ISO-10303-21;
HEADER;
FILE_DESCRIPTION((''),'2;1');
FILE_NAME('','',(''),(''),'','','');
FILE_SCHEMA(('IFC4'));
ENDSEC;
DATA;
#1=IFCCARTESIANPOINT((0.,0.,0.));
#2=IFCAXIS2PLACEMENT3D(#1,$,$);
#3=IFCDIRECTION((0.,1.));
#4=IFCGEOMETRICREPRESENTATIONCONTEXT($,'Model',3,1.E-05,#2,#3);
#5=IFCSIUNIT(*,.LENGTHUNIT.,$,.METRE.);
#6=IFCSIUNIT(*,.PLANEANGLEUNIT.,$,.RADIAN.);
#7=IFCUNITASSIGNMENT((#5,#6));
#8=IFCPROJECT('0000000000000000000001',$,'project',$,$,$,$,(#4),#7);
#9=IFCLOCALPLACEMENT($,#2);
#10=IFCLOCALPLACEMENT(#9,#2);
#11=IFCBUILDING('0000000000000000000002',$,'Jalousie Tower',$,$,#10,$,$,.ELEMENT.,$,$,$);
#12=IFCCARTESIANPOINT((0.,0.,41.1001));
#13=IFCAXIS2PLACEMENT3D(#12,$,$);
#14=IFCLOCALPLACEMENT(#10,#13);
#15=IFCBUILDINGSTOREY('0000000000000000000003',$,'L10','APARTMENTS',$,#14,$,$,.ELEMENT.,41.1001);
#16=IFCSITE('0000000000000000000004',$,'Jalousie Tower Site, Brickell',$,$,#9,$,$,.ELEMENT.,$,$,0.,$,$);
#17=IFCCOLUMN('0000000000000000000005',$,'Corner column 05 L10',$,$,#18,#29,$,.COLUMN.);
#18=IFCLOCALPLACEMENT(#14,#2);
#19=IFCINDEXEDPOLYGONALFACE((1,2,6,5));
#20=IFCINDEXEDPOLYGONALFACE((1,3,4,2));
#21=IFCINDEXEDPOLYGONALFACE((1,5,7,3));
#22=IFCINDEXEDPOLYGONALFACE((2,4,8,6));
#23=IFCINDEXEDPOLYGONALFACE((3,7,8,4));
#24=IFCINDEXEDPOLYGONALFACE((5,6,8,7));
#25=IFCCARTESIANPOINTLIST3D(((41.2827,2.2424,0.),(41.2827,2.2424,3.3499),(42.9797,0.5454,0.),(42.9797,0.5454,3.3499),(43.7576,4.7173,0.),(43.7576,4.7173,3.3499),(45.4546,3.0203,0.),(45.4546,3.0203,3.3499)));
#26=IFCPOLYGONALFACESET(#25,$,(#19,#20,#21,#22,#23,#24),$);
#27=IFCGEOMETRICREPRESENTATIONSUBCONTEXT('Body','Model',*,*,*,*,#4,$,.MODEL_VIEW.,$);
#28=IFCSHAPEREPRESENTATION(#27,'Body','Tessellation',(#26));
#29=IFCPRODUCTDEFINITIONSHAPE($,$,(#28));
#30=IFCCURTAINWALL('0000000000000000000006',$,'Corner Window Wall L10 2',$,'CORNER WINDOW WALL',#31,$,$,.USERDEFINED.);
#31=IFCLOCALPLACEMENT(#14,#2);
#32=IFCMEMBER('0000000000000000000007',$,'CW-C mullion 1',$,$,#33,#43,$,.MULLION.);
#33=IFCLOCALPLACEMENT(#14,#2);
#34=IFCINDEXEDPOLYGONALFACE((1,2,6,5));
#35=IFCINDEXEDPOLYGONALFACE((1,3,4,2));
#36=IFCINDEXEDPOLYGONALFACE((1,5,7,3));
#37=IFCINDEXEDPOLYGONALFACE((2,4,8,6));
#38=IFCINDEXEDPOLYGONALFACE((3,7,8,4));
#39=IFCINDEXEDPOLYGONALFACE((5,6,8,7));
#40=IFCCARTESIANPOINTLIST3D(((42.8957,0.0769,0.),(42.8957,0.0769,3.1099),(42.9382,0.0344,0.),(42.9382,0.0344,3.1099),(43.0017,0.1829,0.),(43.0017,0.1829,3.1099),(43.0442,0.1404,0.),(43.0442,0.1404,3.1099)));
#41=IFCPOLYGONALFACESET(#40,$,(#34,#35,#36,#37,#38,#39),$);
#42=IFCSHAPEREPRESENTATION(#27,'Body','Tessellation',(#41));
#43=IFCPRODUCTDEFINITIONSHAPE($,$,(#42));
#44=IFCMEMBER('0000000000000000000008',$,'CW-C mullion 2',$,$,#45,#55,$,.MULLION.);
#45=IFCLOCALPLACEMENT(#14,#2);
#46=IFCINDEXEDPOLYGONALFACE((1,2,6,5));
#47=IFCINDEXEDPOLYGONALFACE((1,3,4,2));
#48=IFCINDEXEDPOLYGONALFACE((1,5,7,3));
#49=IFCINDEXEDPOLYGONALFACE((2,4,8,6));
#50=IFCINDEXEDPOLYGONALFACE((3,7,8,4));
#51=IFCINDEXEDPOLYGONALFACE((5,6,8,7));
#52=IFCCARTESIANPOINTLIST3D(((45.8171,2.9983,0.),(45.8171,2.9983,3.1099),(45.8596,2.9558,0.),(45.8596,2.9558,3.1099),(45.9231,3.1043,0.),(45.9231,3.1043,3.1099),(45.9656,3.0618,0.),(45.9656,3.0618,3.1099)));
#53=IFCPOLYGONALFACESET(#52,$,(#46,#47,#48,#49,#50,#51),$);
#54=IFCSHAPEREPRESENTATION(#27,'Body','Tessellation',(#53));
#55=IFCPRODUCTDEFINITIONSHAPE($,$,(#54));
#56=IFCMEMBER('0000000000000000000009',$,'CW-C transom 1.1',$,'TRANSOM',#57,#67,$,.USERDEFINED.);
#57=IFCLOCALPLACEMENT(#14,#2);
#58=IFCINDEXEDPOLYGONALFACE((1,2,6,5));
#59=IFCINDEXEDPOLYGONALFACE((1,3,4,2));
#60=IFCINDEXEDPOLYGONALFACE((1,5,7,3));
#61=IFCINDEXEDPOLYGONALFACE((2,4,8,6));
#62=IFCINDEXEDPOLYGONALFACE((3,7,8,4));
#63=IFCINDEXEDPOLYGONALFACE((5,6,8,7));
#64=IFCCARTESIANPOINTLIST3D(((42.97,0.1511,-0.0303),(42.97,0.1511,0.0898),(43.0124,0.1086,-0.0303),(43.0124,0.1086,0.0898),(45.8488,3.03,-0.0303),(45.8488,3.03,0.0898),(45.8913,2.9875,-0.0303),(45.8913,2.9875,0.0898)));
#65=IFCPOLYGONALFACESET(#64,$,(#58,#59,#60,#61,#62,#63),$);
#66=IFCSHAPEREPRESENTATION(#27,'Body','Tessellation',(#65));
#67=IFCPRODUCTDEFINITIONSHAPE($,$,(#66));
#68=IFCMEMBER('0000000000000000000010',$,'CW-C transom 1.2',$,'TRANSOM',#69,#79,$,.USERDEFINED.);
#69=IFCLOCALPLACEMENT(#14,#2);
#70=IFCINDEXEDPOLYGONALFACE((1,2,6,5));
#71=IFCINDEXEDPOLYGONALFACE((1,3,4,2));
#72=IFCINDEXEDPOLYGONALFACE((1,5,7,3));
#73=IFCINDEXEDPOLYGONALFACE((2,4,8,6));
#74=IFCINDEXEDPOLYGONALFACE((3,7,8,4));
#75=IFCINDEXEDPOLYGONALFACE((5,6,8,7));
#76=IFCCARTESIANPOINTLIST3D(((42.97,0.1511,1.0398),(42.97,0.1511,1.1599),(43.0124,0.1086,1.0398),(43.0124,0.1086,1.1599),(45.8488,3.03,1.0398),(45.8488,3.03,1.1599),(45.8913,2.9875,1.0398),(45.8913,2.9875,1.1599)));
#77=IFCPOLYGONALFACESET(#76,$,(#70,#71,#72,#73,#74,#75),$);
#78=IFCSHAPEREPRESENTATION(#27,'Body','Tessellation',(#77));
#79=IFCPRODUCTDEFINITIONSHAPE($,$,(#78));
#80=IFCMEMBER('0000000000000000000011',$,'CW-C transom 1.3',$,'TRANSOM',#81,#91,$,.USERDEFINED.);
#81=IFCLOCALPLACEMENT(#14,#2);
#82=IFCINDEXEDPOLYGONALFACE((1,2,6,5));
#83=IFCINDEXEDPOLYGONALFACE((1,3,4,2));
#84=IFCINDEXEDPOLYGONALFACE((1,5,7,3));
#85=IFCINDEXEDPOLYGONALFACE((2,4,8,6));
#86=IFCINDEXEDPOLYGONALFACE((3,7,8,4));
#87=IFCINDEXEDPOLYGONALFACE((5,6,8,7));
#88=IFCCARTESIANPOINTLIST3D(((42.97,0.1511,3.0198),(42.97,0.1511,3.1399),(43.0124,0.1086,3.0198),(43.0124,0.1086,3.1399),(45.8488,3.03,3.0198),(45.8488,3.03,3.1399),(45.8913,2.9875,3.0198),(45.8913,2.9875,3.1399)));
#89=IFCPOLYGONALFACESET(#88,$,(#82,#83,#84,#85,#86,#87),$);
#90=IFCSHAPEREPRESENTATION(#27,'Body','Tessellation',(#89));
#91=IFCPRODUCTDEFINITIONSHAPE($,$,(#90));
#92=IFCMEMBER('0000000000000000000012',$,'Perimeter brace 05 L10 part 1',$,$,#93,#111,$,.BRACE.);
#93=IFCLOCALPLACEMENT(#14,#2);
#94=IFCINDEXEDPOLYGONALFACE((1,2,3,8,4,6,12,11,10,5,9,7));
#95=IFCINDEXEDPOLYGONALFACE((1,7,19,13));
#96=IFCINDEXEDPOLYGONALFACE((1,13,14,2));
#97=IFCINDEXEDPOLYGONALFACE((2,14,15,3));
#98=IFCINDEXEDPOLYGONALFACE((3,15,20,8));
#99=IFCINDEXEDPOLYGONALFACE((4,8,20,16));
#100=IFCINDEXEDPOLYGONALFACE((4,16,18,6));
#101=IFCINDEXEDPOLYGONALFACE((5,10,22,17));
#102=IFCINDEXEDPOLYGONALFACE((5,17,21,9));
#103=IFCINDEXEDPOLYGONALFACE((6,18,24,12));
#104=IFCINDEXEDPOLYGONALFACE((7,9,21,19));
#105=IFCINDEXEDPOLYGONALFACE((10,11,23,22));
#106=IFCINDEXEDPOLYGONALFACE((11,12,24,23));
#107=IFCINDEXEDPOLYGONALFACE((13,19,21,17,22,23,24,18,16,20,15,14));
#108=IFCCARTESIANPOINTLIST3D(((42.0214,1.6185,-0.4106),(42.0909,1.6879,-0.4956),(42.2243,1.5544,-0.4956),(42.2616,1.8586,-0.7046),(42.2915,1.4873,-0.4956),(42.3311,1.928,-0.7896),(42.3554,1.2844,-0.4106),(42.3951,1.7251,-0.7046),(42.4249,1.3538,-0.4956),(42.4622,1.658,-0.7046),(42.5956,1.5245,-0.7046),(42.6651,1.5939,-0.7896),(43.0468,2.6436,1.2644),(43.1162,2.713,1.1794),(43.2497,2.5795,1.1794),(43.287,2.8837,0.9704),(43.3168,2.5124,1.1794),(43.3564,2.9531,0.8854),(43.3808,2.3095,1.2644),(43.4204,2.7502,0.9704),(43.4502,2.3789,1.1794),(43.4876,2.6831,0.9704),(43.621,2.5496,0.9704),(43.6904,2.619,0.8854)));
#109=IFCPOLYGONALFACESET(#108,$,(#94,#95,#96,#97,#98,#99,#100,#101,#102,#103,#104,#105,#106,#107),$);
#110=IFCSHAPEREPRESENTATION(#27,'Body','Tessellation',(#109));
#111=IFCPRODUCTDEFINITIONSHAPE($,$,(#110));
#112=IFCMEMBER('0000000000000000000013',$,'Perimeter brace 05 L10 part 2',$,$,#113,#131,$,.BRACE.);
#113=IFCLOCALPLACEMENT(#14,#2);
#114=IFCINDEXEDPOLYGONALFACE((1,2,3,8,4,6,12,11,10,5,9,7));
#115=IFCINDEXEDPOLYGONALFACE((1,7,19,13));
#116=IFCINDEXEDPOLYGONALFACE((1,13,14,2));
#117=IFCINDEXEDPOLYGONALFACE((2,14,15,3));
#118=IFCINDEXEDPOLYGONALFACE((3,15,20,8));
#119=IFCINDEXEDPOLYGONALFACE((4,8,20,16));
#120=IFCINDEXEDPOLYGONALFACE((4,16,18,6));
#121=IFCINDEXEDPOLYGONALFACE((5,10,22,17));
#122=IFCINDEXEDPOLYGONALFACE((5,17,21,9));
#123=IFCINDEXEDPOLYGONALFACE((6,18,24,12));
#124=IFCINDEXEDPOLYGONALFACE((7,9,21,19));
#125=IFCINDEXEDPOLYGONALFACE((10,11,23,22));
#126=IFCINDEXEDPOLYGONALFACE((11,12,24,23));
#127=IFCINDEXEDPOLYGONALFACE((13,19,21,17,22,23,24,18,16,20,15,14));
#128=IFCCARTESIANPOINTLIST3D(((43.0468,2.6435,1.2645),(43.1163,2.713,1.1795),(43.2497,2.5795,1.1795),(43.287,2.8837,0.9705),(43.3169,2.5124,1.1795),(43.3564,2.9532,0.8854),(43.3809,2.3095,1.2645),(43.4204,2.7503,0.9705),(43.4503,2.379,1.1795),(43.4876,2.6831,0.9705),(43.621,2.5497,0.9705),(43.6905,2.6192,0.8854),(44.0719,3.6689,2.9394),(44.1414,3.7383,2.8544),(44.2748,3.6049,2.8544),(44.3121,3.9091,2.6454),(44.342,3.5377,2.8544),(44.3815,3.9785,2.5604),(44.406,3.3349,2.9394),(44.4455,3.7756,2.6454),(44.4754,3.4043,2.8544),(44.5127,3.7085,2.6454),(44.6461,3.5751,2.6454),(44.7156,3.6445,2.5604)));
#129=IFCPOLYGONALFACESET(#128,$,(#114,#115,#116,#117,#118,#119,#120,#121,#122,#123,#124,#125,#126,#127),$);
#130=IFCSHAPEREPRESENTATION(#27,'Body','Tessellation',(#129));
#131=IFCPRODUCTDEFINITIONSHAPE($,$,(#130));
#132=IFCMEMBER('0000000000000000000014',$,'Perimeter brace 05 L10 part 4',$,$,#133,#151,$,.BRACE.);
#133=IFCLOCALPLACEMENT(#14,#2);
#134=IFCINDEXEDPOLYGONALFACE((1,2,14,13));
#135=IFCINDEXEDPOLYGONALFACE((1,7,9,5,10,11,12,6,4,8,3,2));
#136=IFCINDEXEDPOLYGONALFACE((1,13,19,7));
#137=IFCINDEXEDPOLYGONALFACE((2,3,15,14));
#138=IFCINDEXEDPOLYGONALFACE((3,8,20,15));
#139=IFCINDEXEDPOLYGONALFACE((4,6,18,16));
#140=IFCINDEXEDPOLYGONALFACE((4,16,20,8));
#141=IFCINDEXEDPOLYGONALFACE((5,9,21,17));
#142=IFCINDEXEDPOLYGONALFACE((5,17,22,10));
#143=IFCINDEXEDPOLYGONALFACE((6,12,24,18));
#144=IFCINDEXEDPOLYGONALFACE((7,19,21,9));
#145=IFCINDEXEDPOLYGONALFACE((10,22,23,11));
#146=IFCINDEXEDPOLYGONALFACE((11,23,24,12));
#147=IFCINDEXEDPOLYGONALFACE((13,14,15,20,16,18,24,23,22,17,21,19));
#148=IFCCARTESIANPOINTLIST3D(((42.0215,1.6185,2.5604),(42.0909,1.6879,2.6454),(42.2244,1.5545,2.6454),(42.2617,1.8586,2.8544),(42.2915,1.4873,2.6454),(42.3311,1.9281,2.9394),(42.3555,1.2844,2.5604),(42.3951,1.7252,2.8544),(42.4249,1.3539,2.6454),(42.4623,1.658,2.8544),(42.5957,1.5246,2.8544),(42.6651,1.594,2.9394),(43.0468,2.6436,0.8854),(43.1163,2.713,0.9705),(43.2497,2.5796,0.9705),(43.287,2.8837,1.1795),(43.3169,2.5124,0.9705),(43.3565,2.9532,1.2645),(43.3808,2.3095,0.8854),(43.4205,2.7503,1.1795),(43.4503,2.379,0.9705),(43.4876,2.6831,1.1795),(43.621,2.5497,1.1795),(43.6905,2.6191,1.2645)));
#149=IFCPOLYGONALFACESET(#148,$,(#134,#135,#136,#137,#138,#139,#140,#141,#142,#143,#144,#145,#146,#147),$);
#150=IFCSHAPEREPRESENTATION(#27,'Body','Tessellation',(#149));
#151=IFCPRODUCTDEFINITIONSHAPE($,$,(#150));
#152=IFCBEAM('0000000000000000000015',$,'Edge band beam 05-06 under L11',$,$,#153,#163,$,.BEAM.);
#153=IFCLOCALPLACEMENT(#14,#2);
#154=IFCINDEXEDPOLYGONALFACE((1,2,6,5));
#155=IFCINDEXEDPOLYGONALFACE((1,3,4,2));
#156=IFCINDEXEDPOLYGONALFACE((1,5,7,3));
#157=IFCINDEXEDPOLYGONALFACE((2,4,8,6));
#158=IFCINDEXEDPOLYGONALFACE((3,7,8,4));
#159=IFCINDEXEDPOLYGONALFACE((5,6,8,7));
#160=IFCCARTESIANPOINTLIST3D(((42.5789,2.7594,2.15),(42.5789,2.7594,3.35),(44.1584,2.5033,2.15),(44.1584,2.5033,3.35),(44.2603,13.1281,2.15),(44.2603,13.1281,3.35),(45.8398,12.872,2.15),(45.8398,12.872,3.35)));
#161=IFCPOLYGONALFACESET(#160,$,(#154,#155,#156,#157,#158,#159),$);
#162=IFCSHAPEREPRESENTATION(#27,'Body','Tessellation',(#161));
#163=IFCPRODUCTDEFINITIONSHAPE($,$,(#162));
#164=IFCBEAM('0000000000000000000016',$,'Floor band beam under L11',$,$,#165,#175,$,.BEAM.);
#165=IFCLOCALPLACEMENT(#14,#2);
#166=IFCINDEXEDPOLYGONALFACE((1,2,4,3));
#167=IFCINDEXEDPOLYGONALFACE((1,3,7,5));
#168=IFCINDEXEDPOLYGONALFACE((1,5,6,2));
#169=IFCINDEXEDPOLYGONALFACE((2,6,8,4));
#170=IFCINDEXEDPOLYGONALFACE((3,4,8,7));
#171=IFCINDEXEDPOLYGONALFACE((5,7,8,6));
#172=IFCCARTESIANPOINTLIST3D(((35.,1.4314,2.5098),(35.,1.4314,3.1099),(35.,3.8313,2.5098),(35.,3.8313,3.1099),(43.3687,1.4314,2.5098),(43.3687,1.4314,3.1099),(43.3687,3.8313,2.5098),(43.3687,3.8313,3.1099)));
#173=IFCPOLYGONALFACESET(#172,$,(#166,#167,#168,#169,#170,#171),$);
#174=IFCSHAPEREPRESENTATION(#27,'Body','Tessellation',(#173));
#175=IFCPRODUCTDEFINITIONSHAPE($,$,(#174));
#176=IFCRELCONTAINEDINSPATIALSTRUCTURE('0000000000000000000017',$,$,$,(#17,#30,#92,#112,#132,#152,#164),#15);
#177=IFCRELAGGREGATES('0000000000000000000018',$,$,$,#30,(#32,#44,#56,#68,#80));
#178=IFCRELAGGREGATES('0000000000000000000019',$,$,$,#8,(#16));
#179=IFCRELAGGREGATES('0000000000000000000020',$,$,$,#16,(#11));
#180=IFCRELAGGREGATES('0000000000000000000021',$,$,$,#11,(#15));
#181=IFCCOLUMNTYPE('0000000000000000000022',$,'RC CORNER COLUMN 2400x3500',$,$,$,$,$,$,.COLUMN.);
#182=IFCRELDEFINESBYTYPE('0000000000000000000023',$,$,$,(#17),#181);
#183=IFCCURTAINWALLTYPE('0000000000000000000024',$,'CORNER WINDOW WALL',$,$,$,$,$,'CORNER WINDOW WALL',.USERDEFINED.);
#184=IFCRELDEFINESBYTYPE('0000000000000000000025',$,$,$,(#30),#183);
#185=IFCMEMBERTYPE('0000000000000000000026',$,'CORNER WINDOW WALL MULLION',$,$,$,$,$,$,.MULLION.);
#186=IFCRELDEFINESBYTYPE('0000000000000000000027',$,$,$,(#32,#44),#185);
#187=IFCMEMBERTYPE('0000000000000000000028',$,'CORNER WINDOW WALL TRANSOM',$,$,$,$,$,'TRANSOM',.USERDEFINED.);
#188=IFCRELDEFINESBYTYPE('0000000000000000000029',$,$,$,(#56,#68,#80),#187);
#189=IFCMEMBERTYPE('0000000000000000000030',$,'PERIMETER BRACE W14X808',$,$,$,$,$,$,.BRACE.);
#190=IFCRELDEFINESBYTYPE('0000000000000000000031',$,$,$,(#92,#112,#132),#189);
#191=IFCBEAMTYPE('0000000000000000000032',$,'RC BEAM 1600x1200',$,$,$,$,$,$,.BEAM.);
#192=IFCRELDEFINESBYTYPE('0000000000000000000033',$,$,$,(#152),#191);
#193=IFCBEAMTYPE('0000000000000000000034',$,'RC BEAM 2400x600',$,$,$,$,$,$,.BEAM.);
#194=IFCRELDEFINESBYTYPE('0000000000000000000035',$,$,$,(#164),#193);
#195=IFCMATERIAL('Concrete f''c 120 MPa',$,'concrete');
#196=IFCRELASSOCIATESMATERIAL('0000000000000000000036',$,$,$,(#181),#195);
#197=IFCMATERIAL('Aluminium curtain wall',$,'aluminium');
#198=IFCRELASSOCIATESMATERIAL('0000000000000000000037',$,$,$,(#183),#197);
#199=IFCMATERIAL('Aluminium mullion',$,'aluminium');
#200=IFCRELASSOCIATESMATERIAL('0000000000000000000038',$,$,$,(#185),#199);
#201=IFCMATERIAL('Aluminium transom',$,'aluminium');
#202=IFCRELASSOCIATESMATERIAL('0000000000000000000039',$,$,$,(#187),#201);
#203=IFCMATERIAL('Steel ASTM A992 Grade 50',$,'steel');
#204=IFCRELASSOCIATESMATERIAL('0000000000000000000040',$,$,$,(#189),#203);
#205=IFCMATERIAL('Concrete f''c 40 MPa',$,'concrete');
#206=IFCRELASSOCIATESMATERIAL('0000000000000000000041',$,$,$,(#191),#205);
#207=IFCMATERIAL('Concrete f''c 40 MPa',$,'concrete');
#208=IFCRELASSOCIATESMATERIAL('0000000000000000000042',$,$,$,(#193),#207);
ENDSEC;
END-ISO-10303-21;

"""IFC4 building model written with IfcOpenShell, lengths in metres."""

from ifc_helpers import new_model, si_unit, direction, frame, origin, origin_2d, place, context, subcontext, project, spatial, rectangle, i_section, extrude, material, material_profile, profile_set, type_object, element, aggregate, save


model = new_model("IFC4")

# Units and contexts
model_context = context("Model", 3, precision=1e-05, world=origin(), true_north=direction((0.0, 1.0)))
body_context = subcontext(model_context, "Body", "Model", "MODEL_VIEW")
ifc_project = project(units=[si_unit("LENGTHUNIT", "METRE"), si_unit("PLANEANGLEUNIT", "RADIAN")], contexts=[model_context])

# Site, building, storey
site_placement = place(None, origin())
site = spatial("IfcSite", under=ifc_project, at=site_placement, Name="Jalousie Tower Site, Brickell", CompositionType="ELEMENT", RefElevation=0.0)
building_placement = place(site_placement, origin())
building = spatial("IfcBuilding", under=site, at=building_placement, Name="Jalousie Tower", CompositionType="ELEMENT")
storey_placement = place(building_placement, frame((0.0, 0.0, 41.1001)))
storey = spatial("IfcBuildingStorey", under=building, at=storey_placement, Name="L10", Description="APARTMENTS", CompositionType="ELEMENT", Elevation=41.1001)

# Column
ifc_material_1 = material(Name="Concrete f'c 120 MPa", Category="concrete")
ifc_material_profile_1 = material_profile(ifc_material_1, rectangle(XDim=2.3999, YDim=3.5, at=origin_2d()), Name="RC 2400x3500")
ifc_profile_set_1 = profile_set([ifc_material_profile_1], Name="Concrete f'c 120 MPa")
column_type = type_object("IfcColumnType", Name="RC CORNER COLUMN 2400x3500", PredefinedType="COLUMN", material=ifc_profile_set_1)
column_placement = place(storey_placement, frame((43.3687, 2.6313, 0.0), z_axis=(0.0, 0.0, 1.0), x_axis=(-0.707107, 0.707107, 0.0)))
element("IfcColumn", 1, at=column_placement, inside=storey, type_object=column_type, Name="Corner column 05 L10", PredefinedType="COLUMN", context=body_context, shape_type="SweptSolid", body=[
    extrude(rectangle(XDim=2.3999, YDim=3.5, at=origin_2d()), origin(), (0.0, 0.0, 1.0), 3.3499),
])

# Curtain wall, members
ifc_material_2 = material(Name="Aluminium curtain wall", Category="aluminium")
curtain_wall_type_1 = type_object("IfcCurtainWallType", Name="CORNER WINDOW WALL", ElementType="CORNER WINDOW WALL", PredefinedType="USERDEFINED", material=ifc_material_2)
curtain_wall_1_placement = place(storey_placement, origin())
curtain_wall_1 = element("IfcCurtainWall", 2, at=curtain_wall_1_placement, inside=storey, type_object=curtain_wall_type_1, Name="Corner Window Wall L10 2", ObjectType="CORNER WINDOW WALL", PredefinedType="USERDEFINED")
ifc_material_3 = material(Name="Aluminium mullion", Category="aluminium")
ifc_material_profile_2 = material_profile(ifc_material_3, rectangle(XDim=0.0601, YDim=0.1499, at=origin_2d()), Name="MULLION 60x150")
ifc_profile_set_2 = profile_set([ifc_material_profile_2], Name="Aluminium mullion")
member_type_1 = type_object("IfcMemberType", Name="CORNER WINDOW WALL MULLION", PredefinedType="MULLION", material=ifc_profile_set_2)
member_1_placement = place(storey_placement, frame((42.97, 0.1086, 0.0), z_axis=(0.0, 0.0, 1.0), x_axis=(-0.707107, 0.707107, 0.0)))
member_1 = element("IfcMember", 3, at=member_1_placement, type_object=member_type_1, Name="CW-C mullion 1", PredefinedType="MULLION", context=body_context, shape_type="SweptSolid", body=[
    extrude(rectangle(XDim=0.0601, YDim=0.1499, at=origin_2d()), origin(), (0.0, 0.0, 1.0), 3.1099),
])
member_2_placement = place(storey_placement, frame((45.8914, 3.03, 0.0), z_axis=(0.0, 0.0, 1.0), x_axis=(-0.707107, 0.707107, 0.0)))
member_2 = element("IfcMember", 4, at=member_2_placement, type_object=member_type_1, Name="CW-C mullion 2", PredefinedType="MULLION", context=body_context, shape_type="SweptSolid", body=[
    extrude(rectangle(XDim=0.0601, YDim=0.1499, at=origin_2d()), origin(), (0.0, 0.0, 1.0), 3.1099),
])
ifc_material_4 = material(Name="Aluminium transom", Category="aluminium")
ifc_material_profile_3 = material_profile(ifc_material_4, rectangle(XDim=0.0601, YDim=0.1201, at=origin_2d()), Name="TRANSOM 60x120")
ifc_profile_set_3 = profile_set([ifc_material_profile_3], Name="Aluminium transom")
member_type_2 = type_object("IfcMemberType", Name="CORNER WINDOW WALL TRANSOM", ElementType="TRANSOM", PredefinedType="USERDEFINED", material=ifc_profile_set_3)
member_3_placement = place(storey_placement, frame((42.9912, 0.1299, 0.0298), z_axis=(0.707107, 0.707107, 0.0), x_axis=(-0.707107, 0.707107, 0.0)))
member_3 = element("IfcMember", 5, at=member_3_placement, type_object=member_type_2, Name="CW-C transom 1.1", ObjectType="TRANSOM", PredefinedType="USERDEFINED", context=body_context, shape_type="SweptSolid", body=[
    extrude(rectangle(XDim=0.0601, YDim=0.1201, at=origin_2d()), origin(), (0.0, 0.0, 1.0), 4.0713),
])
member_4_placement = place(storey_placement, frame((42.9912, 0.1299, 1.0999), z_axis=(0.707107, 0.707107, 0.0), x_axis=(-0.707107, 0.707107, 0.0)))
member_4 = element("IfcMember", 6, at=member_4_placement, type_object=member_type_2, Name="CW-C transom 1.2", ObjectType="TRANSOM", PredefinedType="USERDEFINED", context=body_context, shape_type="SweptSolid", body=[
    extrude(rectangle(XDim=0.0601, YDim=0.1201, at=origin_2d()), origin(), (0.0, 0.0, 1.0), 4.0713),
])
member_5_placement = place(storey_placement, frame((42.9912, 0.1299, 3.0798), z_axis=(0.707107, 0.707107, 0.0), x_axis=(-0.707107, 0.707107, 0.0)))
member_5 = element("IfcMember", 7, at=member_5_placement, type_object=member_type_2, Name="CW-C transom 1.3", ObjectType="TRANSOM", PredefinedType="USERDEFINED", context=body_context, shape_type="SweptSolid", body=[
    extrude(rectangle(XDim=0.0601, YDim=0.1201, at=origin_2d()), origin(), (0.0, 0.0, 1.0), 4.0713),
])

# Members
ifc_material_5 = material(Name="Steel ASTM A992 Grade 50", Category="steel")
ifc_material_profile_4 = material_profile(ifc_material_5, i_section(OverallWidth=0.4724, OverallDepth=0.5791, WebThickness=0.095, FlangeThickness=0.1299, at=origin_2d()), Name="W14X808")
ifc_profile_set_4 = profile_set([ifc_material_profile_4], Name="Steel ASTM A992 Grade 50")
member_type_3 = type_object("IfcMemberType", Name="PERIMETER BRACE W14X808", PredefinedType="BRACE", material=ifc_profile_set_4)
for number, where, z_axis, x_axis, name in (
    (8, (42.3433, 1.6062, -0.6001), (0.46284, 0.46273, 0.756082), (-0.707023, 0.707191, 0.0), "Perimeter brace 05 L10 part 1"),
    (9, (43.3687, 2.6313, 1.075), (0.46273, 0.46284, 0.756082), (-0.707191, 0.707023, 0.0), "Perimeter brace 05 L10 part 2"),
    (10, (43.3687, 2.6313, 1.075), (-0.46284, -0.46273, 0.756082), (0.707023, -0.707191, 0.0), "Perimeter brace 05 L10 part 4"),
):
    element("IfcMember", number, at=place(storey_placement, frame(where, z_axis=z_axis, x_axis=x_axis)), inside=storey, type_object=member_type_3, Name=name, PredefinedType="BRACE", context=body_context, shape_type="SweptSolid", body=[
        extrude(i_section(OverallWidth=0.4724, OverallDepth=0.5791, WebThickness=0.095, FlangeThickness=0.1299, at=origin_2d()), origin(), (0.0, 0.0, 1.0), 2.2153),
    ])

# Beams
ifc_material_6 = material(Name="Concrete f'c 40 MPa", Category="concrete")
ifc_material_profile_5 = material_profile(ifc_material_6, rectangle(XDim=1.6001, YDim=1.2, at=origin_2d()), Name="RC 1600x1200")
ifc_profile_set_5 = profile_set([ifc_material_profile_5], Name="Concrete f'c 40 MPa")
beam_type_1 = type_object("IfcBeamType", Name="RC BEAM 1600x1200", PredefinedType="BEAM", material=ifc_profile_set_5)
beam_1_placement = place(storey_placement, frame((43.3687, 2.6313, 2.75), z_axis=(0.160071, 0.987106, 0.0), x_axis=(-0.987106, 0.160071, 0.0)))
element("IfcBeam", 11, at=beam_1_placement, inside=storey, type_object=beam_type_1, Name="Edge band beam 05-06 under L11", PredefinedType="BEAM", context=body_context, shape_type="SweptSolid", body=[
    extrude(rectangle(XDim=1.6001, YDim=1.2, at=origin_2d()), origin(), (0.0, 0.0, 1.0), 10.5042),
])
ifc_material_7 = material(Name="Concrete f'c 40 MPa", Category="concrete")
ifc_material_profile_6 = material_profile(ifc_material_7, rectangle(XDim=2.3999, YDim=0.6001, at=origin_2d()), Name="RC 2400x600")
ifc_profile_set_6 = profile_set([ifc_material_profile_6], Name="Concrete f'c 40 MPa")
beam_type_2 = type_object("IfcBeamType", Name="RC BEAM 2400x600", PredefinedType="BEAM", material=ifc_profile_set_6)
beam_2_placement = place(storey_placement, frame((43.3687, 2.6313, 2.8098), z_axis=(-1.0, 0.0, 0.0), x_axis=(0.0, -1.0, 0.0)))
element("IfcBeam", 12, at=beam_2_placement, inside=storey, type_object=beam_type_2, Name="Floor band beam under L11", PredefinedType="BEAM", context=body_context, shape_type="SweptSolid", body=[
    extrude(rectangle(XDim=2.3999, YDim=0.6001, at=origin_2d()), origin(), (0.0, 0.0, 1.0), 8.3687),
])

aggregate(curtain_wall_1, [member_1, member_2, member_3, member_4, member_5])

save(model, "model.ifc")
